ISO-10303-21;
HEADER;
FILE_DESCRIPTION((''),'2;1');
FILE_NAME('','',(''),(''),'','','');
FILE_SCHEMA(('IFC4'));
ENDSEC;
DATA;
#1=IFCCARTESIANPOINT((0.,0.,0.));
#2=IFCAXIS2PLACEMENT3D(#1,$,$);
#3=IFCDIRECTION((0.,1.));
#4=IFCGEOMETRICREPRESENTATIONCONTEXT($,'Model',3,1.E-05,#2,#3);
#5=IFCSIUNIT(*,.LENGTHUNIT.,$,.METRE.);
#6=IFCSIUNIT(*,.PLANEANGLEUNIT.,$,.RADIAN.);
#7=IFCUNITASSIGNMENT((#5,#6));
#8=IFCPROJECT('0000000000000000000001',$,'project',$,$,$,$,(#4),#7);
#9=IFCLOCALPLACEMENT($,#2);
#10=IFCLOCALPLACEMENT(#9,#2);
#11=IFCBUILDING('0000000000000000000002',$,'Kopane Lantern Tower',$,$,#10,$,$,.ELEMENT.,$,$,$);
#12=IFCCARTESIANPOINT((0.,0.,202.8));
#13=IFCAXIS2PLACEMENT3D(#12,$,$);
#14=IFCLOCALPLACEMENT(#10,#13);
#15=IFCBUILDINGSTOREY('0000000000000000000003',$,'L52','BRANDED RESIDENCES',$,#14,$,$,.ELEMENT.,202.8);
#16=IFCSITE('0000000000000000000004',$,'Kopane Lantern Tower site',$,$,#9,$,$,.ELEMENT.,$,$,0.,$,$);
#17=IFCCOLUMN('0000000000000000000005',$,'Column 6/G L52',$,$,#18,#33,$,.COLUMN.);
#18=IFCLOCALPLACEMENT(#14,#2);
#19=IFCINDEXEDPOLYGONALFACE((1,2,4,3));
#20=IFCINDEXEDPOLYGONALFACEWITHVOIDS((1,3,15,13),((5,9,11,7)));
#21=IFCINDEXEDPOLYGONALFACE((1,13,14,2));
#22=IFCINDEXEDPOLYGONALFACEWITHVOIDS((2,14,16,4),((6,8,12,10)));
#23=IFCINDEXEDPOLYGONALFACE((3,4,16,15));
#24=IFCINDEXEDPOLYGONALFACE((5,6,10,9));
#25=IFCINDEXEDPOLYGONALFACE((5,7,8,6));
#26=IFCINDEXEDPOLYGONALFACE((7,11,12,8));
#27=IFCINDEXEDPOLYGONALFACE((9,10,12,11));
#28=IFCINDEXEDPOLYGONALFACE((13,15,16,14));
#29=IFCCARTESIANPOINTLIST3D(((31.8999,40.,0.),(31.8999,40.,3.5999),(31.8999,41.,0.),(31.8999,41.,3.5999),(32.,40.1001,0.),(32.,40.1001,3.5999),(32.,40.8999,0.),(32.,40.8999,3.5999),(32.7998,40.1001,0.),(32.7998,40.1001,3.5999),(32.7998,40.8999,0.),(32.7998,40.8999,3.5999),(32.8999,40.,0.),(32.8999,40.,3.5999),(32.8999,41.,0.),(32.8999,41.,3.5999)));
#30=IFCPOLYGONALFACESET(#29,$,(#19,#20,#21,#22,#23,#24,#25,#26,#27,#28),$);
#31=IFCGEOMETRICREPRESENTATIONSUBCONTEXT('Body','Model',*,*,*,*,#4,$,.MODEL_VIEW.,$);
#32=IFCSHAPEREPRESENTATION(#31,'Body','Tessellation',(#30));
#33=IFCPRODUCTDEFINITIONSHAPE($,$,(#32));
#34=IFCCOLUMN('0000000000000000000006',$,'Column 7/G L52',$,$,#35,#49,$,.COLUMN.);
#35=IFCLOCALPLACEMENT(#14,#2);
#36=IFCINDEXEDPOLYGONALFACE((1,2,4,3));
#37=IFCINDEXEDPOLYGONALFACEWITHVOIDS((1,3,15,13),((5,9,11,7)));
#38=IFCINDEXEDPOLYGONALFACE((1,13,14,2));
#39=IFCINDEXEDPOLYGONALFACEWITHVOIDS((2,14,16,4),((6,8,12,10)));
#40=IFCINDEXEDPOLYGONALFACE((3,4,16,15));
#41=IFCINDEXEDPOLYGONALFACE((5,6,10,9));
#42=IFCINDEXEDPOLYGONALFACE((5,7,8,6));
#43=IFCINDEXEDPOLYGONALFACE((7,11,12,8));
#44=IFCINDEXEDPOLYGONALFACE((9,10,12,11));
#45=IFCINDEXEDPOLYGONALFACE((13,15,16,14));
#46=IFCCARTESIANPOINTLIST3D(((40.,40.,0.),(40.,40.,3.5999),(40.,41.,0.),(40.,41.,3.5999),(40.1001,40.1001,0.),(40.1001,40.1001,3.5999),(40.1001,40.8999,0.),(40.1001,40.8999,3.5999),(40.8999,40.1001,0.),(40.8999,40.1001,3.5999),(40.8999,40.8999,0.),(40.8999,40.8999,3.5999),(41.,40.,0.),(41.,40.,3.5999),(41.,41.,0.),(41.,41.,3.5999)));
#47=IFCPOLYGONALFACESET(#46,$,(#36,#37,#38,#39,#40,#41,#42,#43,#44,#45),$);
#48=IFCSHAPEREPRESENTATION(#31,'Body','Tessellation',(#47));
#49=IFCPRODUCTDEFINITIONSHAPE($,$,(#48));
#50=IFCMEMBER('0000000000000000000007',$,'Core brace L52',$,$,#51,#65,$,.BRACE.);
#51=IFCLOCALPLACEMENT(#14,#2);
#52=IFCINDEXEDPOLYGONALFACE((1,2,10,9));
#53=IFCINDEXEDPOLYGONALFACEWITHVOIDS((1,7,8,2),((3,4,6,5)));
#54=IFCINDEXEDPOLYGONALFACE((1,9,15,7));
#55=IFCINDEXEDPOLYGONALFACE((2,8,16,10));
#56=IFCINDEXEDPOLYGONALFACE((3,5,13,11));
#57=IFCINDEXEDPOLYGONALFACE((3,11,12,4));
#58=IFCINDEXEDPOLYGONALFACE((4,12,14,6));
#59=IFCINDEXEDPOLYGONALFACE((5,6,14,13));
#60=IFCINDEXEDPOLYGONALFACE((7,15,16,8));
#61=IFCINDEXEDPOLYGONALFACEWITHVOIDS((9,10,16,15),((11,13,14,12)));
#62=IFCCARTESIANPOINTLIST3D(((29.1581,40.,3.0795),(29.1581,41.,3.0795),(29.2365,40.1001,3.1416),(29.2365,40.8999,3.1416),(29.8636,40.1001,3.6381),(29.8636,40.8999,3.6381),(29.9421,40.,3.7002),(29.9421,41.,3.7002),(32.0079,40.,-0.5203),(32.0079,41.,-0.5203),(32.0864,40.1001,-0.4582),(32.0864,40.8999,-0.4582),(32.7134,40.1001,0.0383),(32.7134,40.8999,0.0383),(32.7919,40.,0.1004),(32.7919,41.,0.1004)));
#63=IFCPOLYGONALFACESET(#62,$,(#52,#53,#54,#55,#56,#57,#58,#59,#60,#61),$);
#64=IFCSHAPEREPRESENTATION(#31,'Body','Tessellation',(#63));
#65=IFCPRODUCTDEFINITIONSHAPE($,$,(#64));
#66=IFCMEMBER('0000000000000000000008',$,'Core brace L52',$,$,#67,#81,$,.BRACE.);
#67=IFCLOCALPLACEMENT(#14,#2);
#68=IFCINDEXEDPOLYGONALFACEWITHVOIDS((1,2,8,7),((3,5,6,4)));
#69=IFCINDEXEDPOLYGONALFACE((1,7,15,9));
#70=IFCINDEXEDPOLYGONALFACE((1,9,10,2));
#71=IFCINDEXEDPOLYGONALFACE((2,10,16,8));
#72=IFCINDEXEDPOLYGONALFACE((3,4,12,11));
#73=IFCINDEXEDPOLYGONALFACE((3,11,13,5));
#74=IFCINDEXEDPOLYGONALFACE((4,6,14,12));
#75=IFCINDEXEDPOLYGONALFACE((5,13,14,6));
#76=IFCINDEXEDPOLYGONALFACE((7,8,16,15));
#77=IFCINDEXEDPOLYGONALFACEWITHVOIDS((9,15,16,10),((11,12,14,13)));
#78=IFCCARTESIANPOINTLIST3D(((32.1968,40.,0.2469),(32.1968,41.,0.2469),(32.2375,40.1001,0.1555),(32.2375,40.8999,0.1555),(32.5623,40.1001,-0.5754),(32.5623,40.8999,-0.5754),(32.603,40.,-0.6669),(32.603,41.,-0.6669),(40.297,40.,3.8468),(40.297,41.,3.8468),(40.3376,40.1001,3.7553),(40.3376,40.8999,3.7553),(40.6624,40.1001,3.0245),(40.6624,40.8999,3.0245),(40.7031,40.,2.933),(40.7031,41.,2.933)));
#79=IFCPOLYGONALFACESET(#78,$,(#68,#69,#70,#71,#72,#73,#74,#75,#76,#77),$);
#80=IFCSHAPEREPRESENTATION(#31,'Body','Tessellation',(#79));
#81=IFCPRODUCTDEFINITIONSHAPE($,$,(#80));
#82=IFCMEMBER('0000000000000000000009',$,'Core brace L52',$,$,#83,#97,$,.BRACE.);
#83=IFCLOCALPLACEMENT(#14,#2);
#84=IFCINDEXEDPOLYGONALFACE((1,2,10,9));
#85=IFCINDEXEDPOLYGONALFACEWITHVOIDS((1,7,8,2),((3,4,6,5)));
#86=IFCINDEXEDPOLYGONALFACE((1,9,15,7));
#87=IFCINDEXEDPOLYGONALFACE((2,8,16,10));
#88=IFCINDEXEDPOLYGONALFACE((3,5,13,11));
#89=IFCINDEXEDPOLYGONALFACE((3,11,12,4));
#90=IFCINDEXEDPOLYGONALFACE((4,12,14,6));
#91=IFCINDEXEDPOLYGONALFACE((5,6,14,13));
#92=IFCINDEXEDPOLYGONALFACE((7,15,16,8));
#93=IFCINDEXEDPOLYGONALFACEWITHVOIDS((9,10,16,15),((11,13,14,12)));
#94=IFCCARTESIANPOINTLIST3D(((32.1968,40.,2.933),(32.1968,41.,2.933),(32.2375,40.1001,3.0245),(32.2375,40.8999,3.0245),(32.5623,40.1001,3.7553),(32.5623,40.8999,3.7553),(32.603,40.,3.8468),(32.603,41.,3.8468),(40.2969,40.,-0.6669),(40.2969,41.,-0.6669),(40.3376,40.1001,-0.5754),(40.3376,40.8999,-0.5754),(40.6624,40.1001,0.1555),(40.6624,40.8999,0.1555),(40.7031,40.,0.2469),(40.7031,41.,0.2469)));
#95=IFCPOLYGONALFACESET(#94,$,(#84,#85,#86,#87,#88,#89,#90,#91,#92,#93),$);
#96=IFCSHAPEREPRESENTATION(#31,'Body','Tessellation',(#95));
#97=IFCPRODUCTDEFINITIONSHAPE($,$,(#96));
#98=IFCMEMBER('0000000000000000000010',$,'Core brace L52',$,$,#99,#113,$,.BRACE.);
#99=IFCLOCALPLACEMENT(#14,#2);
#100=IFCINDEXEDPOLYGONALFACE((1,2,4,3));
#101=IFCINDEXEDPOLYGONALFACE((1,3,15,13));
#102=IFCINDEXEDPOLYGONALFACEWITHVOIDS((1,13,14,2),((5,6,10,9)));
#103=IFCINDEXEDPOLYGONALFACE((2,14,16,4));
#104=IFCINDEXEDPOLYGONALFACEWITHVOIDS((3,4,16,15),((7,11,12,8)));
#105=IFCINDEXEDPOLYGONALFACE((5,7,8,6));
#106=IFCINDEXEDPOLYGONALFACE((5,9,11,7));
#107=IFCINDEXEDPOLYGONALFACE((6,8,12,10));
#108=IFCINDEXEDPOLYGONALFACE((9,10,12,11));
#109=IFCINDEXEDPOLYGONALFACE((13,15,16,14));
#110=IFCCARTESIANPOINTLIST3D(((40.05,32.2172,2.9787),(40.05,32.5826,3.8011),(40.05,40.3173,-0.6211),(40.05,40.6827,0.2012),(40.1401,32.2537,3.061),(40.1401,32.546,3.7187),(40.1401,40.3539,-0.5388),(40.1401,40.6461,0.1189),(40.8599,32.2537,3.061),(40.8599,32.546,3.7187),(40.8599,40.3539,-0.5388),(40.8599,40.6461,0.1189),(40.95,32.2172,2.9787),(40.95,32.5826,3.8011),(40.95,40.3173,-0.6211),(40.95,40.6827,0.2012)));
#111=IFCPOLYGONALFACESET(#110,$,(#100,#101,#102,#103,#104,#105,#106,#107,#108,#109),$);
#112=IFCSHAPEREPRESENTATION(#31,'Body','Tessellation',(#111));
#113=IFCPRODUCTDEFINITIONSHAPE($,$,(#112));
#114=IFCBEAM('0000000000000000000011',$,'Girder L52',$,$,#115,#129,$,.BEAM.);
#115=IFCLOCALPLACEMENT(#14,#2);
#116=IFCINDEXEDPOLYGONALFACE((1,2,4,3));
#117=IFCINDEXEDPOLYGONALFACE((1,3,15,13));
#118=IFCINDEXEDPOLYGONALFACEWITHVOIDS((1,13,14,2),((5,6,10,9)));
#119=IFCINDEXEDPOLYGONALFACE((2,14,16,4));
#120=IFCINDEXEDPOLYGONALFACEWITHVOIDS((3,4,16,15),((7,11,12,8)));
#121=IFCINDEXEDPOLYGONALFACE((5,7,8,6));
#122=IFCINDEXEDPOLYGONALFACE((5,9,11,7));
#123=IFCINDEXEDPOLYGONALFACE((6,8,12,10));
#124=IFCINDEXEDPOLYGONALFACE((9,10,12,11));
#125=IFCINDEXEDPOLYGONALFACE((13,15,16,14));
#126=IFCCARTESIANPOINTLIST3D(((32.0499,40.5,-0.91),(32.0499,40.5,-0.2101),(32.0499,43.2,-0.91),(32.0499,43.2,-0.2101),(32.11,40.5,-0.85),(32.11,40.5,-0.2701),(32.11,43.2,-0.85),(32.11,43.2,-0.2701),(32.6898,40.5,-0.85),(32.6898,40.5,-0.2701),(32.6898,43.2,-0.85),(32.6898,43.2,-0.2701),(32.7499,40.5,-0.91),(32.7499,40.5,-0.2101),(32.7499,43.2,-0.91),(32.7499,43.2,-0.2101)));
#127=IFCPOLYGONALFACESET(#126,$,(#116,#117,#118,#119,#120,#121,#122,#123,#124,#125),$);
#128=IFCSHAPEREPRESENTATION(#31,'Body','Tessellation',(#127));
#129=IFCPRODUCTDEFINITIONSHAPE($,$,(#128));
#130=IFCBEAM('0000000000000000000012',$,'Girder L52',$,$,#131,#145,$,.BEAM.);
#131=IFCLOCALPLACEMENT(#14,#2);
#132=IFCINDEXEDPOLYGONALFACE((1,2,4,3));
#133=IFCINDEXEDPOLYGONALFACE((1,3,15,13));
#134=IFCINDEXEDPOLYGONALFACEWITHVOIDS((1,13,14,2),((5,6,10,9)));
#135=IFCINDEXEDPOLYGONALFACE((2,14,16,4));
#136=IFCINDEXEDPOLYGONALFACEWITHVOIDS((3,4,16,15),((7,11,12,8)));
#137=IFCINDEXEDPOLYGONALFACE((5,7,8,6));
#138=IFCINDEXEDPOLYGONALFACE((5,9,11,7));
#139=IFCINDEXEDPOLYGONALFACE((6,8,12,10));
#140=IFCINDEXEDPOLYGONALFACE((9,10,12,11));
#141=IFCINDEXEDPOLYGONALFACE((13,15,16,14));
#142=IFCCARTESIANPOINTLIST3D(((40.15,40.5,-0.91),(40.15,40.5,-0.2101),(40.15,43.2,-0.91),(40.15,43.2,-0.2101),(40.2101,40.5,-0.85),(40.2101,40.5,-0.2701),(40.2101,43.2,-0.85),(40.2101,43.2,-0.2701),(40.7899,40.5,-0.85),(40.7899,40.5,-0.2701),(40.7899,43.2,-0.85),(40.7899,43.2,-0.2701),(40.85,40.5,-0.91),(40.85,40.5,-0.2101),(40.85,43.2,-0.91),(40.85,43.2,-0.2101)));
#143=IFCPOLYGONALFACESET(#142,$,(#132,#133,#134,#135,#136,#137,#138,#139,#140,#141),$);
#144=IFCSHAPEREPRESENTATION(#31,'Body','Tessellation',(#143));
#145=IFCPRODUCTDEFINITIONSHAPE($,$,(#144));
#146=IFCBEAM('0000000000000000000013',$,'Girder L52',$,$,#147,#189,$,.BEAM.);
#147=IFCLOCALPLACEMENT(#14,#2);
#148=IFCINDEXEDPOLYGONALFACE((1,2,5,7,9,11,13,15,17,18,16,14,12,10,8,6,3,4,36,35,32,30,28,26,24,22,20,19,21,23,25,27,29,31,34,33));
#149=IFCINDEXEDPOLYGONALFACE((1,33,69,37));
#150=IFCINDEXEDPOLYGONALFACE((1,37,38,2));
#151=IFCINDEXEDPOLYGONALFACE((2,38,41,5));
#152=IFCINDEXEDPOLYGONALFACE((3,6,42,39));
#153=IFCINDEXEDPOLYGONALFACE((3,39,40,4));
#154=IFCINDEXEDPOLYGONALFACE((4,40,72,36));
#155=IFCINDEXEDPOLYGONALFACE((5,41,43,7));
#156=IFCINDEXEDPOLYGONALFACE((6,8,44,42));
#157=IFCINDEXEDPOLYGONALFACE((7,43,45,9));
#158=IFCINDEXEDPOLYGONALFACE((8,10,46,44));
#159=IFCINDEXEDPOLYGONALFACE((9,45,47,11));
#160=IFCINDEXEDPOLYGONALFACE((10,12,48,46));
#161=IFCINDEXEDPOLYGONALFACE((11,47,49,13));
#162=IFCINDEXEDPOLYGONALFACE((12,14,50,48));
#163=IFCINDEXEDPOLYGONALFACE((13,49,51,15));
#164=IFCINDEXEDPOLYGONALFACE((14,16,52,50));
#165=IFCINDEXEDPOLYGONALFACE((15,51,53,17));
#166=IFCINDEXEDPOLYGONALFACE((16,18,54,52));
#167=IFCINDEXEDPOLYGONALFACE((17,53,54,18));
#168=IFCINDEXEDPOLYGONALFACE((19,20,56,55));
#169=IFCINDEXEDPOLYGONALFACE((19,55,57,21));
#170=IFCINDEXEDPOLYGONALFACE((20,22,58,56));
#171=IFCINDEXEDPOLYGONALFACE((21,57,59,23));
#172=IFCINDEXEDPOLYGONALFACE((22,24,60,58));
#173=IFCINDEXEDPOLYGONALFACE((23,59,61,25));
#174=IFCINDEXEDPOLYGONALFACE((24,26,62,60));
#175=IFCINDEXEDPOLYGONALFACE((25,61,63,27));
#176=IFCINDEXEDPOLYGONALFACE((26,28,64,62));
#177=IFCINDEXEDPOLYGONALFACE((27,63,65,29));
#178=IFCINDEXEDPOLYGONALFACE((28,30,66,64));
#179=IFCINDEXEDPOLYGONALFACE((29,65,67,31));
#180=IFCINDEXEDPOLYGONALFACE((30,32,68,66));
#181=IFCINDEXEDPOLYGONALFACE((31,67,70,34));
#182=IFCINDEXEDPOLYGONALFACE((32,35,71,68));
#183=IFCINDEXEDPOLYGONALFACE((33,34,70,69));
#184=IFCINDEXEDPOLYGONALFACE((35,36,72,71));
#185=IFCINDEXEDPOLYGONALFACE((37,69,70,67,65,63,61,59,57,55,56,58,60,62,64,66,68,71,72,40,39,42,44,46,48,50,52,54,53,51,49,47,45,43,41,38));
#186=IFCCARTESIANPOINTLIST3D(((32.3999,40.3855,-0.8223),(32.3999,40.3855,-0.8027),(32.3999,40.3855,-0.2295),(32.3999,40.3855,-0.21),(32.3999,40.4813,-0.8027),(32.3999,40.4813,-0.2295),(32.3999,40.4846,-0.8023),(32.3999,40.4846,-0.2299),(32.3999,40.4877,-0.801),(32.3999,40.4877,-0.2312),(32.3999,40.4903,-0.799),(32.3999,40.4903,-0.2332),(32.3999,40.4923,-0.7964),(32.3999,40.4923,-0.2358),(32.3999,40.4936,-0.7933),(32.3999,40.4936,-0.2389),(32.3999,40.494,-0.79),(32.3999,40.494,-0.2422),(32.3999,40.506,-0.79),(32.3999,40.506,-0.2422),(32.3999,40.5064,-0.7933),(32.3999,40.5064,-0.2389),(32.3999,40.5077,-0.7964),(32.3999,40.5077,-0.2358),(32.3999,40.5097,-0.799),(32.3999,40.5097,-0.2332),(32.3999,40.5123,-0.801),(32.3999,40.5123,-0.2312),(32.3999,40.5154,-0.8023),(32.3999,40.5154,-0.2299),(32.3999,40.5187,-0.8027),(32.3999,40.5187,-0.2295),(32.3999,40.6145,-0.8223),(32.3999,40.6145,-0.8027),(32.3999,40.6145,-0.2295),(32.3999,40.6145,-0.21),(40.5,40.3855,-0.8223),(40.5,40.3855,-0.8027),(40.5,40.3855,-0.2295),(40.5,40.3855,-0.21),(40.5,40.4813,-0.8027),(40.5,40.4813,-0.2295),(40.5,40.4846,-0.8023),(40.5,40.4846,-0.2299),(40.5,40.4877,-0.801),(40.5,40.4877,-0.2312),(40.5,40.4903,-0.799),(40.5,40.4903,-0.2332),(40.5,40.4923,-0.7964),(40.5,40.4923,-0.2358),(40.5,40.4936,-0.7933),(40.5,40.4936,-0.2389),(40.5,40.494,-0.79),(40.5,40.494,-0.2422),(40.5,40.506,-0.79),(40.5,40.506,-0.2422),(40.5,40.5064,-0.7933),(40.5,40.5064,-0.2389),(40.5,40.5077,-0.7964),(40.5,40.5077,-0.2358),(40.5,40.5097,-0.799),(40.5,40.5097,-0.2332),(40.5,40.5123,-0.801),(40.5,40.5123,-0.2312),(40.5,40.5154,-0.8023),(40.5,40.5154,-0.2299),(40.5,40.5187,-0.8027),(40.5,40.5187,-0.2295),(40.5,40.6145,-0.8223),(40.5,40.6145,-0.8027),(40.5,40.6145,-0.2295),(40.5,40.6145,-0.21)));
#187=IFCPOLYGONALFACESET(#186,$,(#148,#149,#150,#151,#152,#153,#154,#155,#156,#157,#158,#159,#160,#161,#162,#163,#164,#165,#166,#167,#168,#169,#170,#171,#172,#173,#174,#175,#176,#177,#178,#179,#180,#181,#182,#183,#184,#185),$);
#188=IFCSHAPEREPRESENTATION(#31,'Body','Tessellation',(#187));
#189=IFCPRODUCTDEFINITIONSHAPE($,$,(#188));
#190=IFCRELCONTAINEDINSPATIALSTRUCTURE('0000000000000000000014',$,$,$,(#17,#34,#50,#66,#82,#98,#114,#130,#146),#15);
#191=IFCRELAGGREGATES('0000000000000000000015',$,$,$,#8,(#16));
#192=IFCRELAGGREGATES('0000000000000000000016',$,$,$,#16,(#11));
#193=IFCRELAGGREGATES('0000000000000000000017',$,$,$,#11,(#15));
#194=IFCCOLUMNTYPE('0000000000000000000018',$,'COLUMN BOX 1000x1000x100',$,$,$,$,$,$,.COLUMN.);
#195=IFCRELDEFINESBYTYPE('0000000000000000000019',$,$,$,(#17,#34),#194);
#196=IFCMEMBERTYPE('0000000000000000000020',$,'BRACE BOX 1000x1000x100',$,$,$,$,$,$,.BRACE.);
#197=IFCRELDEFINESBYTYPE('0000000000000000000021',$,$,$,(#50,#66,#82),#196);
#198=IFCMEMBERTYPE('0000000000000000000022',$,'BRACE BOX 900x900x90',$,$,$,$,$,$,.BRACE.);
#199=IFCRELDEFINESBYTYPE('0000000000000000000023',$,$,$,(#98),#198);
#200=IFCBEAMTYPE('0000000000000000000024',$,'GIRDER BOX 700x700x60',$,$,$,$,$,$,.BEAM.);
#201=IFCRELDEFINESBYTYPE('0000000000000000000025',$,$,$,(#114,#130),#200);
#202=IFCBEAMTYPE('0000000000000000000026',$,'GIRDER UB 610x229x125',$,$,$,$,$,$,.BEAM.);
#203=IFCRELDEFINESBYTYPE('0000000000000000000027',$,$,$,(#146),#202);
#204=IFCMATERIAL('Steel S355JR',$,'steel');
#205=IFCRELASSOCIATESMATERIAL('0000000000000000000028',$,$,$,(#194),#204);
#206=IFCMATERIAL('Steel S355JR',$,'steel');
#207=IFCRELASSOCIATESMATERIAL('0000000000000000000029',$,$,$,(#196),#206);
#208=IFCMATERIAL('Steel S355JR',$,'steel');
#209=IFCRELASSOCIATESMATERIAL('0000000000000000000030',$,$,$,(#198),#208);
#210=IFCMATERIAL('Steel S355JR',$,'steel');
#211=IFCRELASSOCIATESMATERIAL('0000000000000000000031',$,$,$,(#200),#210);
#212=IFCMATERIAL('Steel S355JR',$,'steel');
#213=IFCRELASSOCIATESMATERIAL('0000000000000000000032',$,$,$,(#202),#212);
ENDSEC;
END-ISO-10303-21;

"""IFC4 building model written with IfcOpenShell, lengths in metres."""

from ifc_helpers import new_model, si_unit, direction, frame, origin, origin_2d, place, context, subcontext, project, spatial, hollow_rectangle, i_section, extrude, material, material_profile, profile_set, type_object, element, save


model = new_model("IFC4")

# Units and contexts
model_context = context("Model", 3, precision=1e-05, world=origin(), true_north=direction((0.0, 1.0)))
body_context = subcontext(model_context, "Body", "Model", "MODEL_VIEW")
ifc_project = project(units=[si_unit("LENGTHUNIT", "METRE"), si_unit("PLANEANGLEUNIT", "RADIAN")], contexts=[model_context])

# Site, building, storey
site_placement = place(None, origin())
site = spatial("IfcSite", under=ifc_project, at=site_placement, Name="Kopane Lantern Tower site", CompositionType="ELEMENT", RefElevation=0.0)
building_placement = place(site_placement, origin())
building = spatial("IfcBuilding", under=site, at=building_placement, Name="Kopane Lantern Tower", CompositionType="ELEMENT")
storey_placement = place(building_placement, frame((0.0, 0.0, 202.8)))
storey = spatial("IfcBuildingStorey", under=building, at=storey_placement, Name="L52", Description="BRANDED RESIDENCES", CompositionType="ELEMENT", Elevation=202.8)

# Columns
ifc_material_1 = material(Name="Steel S355JR", Category="steel")
ifc_material_profile_1 = material_profile(ifc_material_1, hollow_rectangle(XDim=1.0, YDim=1.0, WallThickness=0.1001, at=origin_2d()), Name="BOX 1000x1000x100")
ifc_profile_set_1 = profile_set([ifc_material_profile_1], Name="Steel S355JR")
column_type = type_object("IfcColumnType", Name="COLUMN BOX 1000x1000x100", PredefinedType="COLUMN", material=ifc_profile_set_1)
for number, where, z_axis, x_axis, name in (
    (1, (32.3999, 40.5, 0.0), (0.0, 0.0, 1.0), (1.0, 0.0, 0.0), "Column 6/G L52"),
    (2, (40.5, 40.5, 0.0), (0.0, 0.0, 1.0), (1.0, 0.0, 0.0), "Column 7/G L52"),
):
    element("IfcColumn", number, at=place(storey_placement, frame(where, z_axis=z_axis, x_axis=x_axis)), inside=storey, type_object=column_type, Name=name, PredefinedType="COLUMN", context=body_context, shape_type="SweptSolid", body=[
        extrude(hollow_rectangle(XDim=1.0, YDim=1.0, WallThickness=0.1001, at=origin_2d()), origin(), (0.0, 0.0, 1.0), 3.5999),
    ])

# Members
ifc_material_2 = material(Name="Steel S355JR", Category="steel")
ifc_material_profile_2 = material_profile(ifc_material_2, hollow_rectangle(XDim=1.0, YDim=1.0, WallThickness=0.1001, at=origin_2d()), Name="BOX 1000x1000x100")
ifc_profile_set_2 = profile_set([ifc_material_profile_2], Name="Steel S355JR")
member_type_1 = type_object("IfcMemberType", Name="BRACE BOX 1000x1000x100", PredefinedType="BRACE", material=ifc_profile_set_2)
member_1_placement = place(storey_placement, frame((32.3999, 40.5, -0.21), z_axis=(-0.620699, 0.0, 0.784049), x_axis=(0.0, -1.0, 0.0)))
element("IfcMember", 3, at=member_1_placement, inside=storey, type_object=member_type_1, Name="Core brace L52", PredefinedType="BRACE", context=body_context, shape_type="SweptSolid", body=[
    extrude(hollow_rectangle(XDim=1.0, YDim=1.0, WallThickness=0.1001, at=origin_2d()), origin(), (0.0, 0.0, 1.0), 4.5913),
])
for number, where, z_axis, x_axis, name in (
    (4, (32.3999, 40.5, -0.21), (0.913819, 0.0, 0.406121), (0.0, 1.0, 0.0), "Core brace L52"),
    (5, (40.5, 40.5, -0.21), (-0.913819, 0.0, 0.406121), (0.0, -1.0, 0.0), "Core brace L52"),
):
    element("IfcMember", number, at=place(storey_placement, frame(where, z_axis=z_axis, x_axis=x_axis)), inside=storey, type_object=member_type_1, Name=name, PredefinedType="BRACE", context=body_context, shape_type="SweptSolid", body=[
        extrude(hollow_rectangle(XDim=1.0, YDim=1.0, WallThickness=0.1001, at=origin_2d()), origin(), (0.0, 0.0, 1.0), 8.864),
    ])
ifc_material_3 = material(Name="Steel S355JR", Category="steel")
ifc_material_profile_3 = material_profile(ifc_material_3, hollow_rectangle(XDim=0.8999, YDim=0.8999, WallThickness=0.0901, at=origin_2d()), Name="BOX 900x900x90")
ifc_profile_set_3 = profile_set([ifc_material_profile_3], Name="Steel S355JR")
member_type_2 = type_object("IfcMemberType", Name="BRACE BOX 900x900x90", PredefinedType="BRACE", material=ifc_profile_set_3)
member_2_placement = place(storey_placement, frame((40.5, 40.5, -0.21), z_axis=(0.0, -0.913819, 0.406121), x_axis=(1.0, 0.0, 0.0)))
element("IfcMember", 6, at=member_2_placement, inside=storey, type_object=member_type_2, Name="Core brace L52", PredefinedType="BRACE", context=body_context, shape_type="SweptSolid", body=[
    extrude(hollow_rectangle(XDim=0.8999, YDim=0.8999, WallThickness=0.0901, at=origin_2d()), origin(), (0.0, 0.0, 1.0), 8.864),
])

# Beams
ifc_material_4 = material(Name="Steel S355JR", Category="steel")
ifc_material_profile_4 = material_profile(ifc_material_4, hollow_rectangle(XDim=0.7, YDim=0.7, WallThickness=0.0601, at=origin_2d()), Name="BOX 700x700x60")
ifc_profile_set_4 = profile_set([ifc_material_profile_4], Name="Steel S355JR")
beam_type_1 = type_object("IfcBeamType", Name="GIRDER BOX 700x700x60", PredefinedType="BEAM", material=ifc_profile_set_4)
for number, where, z_axis, x_axis, name in (
    (7, (32.3999, 40.5, -0.5601), (0.0, 1.0, 0.0), (-1.0, 0.0, 0.0), "Girder L52"),
    (8, (40.5, 40.5, -0.5601), (0.0, 1.0, 0.0), (-1.0, 0.0, 0.0), "Girder L52"),
):
    element("IfcBeam", number, at=place(storey_placement, frame(where, z_axis=z_axis, x_axis=x_axis)), inside=storey, type_object=beam_type_1, Name=name, PredefinedType="BEAM", context=body_context, shape_type="SweptSolid", body=[
        extrude(hollow_rectangle(XDim=0.7, YDim=0.7, WallThickness=0.0601, at=origin_2d()), origin(), (0.0, 0.0, 1.0), 2.7),
    ])
ifc_material_5 = material(Name="Steel S355JR", Category="steel")
ifc_material_profile_5 = material_profile(ifc_material_5, i_section(OverallWidth=0.229, OverallDepth=0.6123, WebThickness=0.012, FlangeThickness=0.0195, FilletRadius=0.0127, at=origin_2d()), Name="UB 610x229x125")
ifc_profile_set_5 = profile_set([ifc_material_profile_5], Name="Steel S355JR")
beam_type_2 = type_object("IfcBeamType", Name="GIRDER UB 610x229x125", PredefinedType="BEAM", material=ifc_profile_set_5)
for number, where, z_axis, x_axis, name in (
    (9, (32.3999, 40.5, -0.5161), (1.0, 0.0, 0.0), (0.0, 1.0, 0.0), "Girder L52"),
):
    element("IfcBeam", number, at=place(storey_placement, frame(where, z_axis=z_axis, x_axis=x_axis)), inside=storey, type_object=beam_type_2, Name=name, PredefinedType="BEAM", context=body_context, shape_type="SweptSolid", body=[
        extrude(i_section(OverallWidth=0.229, OverallDepth=0.6123, WebThickness=0.012, FlangeThickness=0.0195, FilletRadius=0.0127, at=origin_2d()), origin(), (0.0, 0.0, 1.0), 8.1001),
    ])

save(model, "model.ifc")
